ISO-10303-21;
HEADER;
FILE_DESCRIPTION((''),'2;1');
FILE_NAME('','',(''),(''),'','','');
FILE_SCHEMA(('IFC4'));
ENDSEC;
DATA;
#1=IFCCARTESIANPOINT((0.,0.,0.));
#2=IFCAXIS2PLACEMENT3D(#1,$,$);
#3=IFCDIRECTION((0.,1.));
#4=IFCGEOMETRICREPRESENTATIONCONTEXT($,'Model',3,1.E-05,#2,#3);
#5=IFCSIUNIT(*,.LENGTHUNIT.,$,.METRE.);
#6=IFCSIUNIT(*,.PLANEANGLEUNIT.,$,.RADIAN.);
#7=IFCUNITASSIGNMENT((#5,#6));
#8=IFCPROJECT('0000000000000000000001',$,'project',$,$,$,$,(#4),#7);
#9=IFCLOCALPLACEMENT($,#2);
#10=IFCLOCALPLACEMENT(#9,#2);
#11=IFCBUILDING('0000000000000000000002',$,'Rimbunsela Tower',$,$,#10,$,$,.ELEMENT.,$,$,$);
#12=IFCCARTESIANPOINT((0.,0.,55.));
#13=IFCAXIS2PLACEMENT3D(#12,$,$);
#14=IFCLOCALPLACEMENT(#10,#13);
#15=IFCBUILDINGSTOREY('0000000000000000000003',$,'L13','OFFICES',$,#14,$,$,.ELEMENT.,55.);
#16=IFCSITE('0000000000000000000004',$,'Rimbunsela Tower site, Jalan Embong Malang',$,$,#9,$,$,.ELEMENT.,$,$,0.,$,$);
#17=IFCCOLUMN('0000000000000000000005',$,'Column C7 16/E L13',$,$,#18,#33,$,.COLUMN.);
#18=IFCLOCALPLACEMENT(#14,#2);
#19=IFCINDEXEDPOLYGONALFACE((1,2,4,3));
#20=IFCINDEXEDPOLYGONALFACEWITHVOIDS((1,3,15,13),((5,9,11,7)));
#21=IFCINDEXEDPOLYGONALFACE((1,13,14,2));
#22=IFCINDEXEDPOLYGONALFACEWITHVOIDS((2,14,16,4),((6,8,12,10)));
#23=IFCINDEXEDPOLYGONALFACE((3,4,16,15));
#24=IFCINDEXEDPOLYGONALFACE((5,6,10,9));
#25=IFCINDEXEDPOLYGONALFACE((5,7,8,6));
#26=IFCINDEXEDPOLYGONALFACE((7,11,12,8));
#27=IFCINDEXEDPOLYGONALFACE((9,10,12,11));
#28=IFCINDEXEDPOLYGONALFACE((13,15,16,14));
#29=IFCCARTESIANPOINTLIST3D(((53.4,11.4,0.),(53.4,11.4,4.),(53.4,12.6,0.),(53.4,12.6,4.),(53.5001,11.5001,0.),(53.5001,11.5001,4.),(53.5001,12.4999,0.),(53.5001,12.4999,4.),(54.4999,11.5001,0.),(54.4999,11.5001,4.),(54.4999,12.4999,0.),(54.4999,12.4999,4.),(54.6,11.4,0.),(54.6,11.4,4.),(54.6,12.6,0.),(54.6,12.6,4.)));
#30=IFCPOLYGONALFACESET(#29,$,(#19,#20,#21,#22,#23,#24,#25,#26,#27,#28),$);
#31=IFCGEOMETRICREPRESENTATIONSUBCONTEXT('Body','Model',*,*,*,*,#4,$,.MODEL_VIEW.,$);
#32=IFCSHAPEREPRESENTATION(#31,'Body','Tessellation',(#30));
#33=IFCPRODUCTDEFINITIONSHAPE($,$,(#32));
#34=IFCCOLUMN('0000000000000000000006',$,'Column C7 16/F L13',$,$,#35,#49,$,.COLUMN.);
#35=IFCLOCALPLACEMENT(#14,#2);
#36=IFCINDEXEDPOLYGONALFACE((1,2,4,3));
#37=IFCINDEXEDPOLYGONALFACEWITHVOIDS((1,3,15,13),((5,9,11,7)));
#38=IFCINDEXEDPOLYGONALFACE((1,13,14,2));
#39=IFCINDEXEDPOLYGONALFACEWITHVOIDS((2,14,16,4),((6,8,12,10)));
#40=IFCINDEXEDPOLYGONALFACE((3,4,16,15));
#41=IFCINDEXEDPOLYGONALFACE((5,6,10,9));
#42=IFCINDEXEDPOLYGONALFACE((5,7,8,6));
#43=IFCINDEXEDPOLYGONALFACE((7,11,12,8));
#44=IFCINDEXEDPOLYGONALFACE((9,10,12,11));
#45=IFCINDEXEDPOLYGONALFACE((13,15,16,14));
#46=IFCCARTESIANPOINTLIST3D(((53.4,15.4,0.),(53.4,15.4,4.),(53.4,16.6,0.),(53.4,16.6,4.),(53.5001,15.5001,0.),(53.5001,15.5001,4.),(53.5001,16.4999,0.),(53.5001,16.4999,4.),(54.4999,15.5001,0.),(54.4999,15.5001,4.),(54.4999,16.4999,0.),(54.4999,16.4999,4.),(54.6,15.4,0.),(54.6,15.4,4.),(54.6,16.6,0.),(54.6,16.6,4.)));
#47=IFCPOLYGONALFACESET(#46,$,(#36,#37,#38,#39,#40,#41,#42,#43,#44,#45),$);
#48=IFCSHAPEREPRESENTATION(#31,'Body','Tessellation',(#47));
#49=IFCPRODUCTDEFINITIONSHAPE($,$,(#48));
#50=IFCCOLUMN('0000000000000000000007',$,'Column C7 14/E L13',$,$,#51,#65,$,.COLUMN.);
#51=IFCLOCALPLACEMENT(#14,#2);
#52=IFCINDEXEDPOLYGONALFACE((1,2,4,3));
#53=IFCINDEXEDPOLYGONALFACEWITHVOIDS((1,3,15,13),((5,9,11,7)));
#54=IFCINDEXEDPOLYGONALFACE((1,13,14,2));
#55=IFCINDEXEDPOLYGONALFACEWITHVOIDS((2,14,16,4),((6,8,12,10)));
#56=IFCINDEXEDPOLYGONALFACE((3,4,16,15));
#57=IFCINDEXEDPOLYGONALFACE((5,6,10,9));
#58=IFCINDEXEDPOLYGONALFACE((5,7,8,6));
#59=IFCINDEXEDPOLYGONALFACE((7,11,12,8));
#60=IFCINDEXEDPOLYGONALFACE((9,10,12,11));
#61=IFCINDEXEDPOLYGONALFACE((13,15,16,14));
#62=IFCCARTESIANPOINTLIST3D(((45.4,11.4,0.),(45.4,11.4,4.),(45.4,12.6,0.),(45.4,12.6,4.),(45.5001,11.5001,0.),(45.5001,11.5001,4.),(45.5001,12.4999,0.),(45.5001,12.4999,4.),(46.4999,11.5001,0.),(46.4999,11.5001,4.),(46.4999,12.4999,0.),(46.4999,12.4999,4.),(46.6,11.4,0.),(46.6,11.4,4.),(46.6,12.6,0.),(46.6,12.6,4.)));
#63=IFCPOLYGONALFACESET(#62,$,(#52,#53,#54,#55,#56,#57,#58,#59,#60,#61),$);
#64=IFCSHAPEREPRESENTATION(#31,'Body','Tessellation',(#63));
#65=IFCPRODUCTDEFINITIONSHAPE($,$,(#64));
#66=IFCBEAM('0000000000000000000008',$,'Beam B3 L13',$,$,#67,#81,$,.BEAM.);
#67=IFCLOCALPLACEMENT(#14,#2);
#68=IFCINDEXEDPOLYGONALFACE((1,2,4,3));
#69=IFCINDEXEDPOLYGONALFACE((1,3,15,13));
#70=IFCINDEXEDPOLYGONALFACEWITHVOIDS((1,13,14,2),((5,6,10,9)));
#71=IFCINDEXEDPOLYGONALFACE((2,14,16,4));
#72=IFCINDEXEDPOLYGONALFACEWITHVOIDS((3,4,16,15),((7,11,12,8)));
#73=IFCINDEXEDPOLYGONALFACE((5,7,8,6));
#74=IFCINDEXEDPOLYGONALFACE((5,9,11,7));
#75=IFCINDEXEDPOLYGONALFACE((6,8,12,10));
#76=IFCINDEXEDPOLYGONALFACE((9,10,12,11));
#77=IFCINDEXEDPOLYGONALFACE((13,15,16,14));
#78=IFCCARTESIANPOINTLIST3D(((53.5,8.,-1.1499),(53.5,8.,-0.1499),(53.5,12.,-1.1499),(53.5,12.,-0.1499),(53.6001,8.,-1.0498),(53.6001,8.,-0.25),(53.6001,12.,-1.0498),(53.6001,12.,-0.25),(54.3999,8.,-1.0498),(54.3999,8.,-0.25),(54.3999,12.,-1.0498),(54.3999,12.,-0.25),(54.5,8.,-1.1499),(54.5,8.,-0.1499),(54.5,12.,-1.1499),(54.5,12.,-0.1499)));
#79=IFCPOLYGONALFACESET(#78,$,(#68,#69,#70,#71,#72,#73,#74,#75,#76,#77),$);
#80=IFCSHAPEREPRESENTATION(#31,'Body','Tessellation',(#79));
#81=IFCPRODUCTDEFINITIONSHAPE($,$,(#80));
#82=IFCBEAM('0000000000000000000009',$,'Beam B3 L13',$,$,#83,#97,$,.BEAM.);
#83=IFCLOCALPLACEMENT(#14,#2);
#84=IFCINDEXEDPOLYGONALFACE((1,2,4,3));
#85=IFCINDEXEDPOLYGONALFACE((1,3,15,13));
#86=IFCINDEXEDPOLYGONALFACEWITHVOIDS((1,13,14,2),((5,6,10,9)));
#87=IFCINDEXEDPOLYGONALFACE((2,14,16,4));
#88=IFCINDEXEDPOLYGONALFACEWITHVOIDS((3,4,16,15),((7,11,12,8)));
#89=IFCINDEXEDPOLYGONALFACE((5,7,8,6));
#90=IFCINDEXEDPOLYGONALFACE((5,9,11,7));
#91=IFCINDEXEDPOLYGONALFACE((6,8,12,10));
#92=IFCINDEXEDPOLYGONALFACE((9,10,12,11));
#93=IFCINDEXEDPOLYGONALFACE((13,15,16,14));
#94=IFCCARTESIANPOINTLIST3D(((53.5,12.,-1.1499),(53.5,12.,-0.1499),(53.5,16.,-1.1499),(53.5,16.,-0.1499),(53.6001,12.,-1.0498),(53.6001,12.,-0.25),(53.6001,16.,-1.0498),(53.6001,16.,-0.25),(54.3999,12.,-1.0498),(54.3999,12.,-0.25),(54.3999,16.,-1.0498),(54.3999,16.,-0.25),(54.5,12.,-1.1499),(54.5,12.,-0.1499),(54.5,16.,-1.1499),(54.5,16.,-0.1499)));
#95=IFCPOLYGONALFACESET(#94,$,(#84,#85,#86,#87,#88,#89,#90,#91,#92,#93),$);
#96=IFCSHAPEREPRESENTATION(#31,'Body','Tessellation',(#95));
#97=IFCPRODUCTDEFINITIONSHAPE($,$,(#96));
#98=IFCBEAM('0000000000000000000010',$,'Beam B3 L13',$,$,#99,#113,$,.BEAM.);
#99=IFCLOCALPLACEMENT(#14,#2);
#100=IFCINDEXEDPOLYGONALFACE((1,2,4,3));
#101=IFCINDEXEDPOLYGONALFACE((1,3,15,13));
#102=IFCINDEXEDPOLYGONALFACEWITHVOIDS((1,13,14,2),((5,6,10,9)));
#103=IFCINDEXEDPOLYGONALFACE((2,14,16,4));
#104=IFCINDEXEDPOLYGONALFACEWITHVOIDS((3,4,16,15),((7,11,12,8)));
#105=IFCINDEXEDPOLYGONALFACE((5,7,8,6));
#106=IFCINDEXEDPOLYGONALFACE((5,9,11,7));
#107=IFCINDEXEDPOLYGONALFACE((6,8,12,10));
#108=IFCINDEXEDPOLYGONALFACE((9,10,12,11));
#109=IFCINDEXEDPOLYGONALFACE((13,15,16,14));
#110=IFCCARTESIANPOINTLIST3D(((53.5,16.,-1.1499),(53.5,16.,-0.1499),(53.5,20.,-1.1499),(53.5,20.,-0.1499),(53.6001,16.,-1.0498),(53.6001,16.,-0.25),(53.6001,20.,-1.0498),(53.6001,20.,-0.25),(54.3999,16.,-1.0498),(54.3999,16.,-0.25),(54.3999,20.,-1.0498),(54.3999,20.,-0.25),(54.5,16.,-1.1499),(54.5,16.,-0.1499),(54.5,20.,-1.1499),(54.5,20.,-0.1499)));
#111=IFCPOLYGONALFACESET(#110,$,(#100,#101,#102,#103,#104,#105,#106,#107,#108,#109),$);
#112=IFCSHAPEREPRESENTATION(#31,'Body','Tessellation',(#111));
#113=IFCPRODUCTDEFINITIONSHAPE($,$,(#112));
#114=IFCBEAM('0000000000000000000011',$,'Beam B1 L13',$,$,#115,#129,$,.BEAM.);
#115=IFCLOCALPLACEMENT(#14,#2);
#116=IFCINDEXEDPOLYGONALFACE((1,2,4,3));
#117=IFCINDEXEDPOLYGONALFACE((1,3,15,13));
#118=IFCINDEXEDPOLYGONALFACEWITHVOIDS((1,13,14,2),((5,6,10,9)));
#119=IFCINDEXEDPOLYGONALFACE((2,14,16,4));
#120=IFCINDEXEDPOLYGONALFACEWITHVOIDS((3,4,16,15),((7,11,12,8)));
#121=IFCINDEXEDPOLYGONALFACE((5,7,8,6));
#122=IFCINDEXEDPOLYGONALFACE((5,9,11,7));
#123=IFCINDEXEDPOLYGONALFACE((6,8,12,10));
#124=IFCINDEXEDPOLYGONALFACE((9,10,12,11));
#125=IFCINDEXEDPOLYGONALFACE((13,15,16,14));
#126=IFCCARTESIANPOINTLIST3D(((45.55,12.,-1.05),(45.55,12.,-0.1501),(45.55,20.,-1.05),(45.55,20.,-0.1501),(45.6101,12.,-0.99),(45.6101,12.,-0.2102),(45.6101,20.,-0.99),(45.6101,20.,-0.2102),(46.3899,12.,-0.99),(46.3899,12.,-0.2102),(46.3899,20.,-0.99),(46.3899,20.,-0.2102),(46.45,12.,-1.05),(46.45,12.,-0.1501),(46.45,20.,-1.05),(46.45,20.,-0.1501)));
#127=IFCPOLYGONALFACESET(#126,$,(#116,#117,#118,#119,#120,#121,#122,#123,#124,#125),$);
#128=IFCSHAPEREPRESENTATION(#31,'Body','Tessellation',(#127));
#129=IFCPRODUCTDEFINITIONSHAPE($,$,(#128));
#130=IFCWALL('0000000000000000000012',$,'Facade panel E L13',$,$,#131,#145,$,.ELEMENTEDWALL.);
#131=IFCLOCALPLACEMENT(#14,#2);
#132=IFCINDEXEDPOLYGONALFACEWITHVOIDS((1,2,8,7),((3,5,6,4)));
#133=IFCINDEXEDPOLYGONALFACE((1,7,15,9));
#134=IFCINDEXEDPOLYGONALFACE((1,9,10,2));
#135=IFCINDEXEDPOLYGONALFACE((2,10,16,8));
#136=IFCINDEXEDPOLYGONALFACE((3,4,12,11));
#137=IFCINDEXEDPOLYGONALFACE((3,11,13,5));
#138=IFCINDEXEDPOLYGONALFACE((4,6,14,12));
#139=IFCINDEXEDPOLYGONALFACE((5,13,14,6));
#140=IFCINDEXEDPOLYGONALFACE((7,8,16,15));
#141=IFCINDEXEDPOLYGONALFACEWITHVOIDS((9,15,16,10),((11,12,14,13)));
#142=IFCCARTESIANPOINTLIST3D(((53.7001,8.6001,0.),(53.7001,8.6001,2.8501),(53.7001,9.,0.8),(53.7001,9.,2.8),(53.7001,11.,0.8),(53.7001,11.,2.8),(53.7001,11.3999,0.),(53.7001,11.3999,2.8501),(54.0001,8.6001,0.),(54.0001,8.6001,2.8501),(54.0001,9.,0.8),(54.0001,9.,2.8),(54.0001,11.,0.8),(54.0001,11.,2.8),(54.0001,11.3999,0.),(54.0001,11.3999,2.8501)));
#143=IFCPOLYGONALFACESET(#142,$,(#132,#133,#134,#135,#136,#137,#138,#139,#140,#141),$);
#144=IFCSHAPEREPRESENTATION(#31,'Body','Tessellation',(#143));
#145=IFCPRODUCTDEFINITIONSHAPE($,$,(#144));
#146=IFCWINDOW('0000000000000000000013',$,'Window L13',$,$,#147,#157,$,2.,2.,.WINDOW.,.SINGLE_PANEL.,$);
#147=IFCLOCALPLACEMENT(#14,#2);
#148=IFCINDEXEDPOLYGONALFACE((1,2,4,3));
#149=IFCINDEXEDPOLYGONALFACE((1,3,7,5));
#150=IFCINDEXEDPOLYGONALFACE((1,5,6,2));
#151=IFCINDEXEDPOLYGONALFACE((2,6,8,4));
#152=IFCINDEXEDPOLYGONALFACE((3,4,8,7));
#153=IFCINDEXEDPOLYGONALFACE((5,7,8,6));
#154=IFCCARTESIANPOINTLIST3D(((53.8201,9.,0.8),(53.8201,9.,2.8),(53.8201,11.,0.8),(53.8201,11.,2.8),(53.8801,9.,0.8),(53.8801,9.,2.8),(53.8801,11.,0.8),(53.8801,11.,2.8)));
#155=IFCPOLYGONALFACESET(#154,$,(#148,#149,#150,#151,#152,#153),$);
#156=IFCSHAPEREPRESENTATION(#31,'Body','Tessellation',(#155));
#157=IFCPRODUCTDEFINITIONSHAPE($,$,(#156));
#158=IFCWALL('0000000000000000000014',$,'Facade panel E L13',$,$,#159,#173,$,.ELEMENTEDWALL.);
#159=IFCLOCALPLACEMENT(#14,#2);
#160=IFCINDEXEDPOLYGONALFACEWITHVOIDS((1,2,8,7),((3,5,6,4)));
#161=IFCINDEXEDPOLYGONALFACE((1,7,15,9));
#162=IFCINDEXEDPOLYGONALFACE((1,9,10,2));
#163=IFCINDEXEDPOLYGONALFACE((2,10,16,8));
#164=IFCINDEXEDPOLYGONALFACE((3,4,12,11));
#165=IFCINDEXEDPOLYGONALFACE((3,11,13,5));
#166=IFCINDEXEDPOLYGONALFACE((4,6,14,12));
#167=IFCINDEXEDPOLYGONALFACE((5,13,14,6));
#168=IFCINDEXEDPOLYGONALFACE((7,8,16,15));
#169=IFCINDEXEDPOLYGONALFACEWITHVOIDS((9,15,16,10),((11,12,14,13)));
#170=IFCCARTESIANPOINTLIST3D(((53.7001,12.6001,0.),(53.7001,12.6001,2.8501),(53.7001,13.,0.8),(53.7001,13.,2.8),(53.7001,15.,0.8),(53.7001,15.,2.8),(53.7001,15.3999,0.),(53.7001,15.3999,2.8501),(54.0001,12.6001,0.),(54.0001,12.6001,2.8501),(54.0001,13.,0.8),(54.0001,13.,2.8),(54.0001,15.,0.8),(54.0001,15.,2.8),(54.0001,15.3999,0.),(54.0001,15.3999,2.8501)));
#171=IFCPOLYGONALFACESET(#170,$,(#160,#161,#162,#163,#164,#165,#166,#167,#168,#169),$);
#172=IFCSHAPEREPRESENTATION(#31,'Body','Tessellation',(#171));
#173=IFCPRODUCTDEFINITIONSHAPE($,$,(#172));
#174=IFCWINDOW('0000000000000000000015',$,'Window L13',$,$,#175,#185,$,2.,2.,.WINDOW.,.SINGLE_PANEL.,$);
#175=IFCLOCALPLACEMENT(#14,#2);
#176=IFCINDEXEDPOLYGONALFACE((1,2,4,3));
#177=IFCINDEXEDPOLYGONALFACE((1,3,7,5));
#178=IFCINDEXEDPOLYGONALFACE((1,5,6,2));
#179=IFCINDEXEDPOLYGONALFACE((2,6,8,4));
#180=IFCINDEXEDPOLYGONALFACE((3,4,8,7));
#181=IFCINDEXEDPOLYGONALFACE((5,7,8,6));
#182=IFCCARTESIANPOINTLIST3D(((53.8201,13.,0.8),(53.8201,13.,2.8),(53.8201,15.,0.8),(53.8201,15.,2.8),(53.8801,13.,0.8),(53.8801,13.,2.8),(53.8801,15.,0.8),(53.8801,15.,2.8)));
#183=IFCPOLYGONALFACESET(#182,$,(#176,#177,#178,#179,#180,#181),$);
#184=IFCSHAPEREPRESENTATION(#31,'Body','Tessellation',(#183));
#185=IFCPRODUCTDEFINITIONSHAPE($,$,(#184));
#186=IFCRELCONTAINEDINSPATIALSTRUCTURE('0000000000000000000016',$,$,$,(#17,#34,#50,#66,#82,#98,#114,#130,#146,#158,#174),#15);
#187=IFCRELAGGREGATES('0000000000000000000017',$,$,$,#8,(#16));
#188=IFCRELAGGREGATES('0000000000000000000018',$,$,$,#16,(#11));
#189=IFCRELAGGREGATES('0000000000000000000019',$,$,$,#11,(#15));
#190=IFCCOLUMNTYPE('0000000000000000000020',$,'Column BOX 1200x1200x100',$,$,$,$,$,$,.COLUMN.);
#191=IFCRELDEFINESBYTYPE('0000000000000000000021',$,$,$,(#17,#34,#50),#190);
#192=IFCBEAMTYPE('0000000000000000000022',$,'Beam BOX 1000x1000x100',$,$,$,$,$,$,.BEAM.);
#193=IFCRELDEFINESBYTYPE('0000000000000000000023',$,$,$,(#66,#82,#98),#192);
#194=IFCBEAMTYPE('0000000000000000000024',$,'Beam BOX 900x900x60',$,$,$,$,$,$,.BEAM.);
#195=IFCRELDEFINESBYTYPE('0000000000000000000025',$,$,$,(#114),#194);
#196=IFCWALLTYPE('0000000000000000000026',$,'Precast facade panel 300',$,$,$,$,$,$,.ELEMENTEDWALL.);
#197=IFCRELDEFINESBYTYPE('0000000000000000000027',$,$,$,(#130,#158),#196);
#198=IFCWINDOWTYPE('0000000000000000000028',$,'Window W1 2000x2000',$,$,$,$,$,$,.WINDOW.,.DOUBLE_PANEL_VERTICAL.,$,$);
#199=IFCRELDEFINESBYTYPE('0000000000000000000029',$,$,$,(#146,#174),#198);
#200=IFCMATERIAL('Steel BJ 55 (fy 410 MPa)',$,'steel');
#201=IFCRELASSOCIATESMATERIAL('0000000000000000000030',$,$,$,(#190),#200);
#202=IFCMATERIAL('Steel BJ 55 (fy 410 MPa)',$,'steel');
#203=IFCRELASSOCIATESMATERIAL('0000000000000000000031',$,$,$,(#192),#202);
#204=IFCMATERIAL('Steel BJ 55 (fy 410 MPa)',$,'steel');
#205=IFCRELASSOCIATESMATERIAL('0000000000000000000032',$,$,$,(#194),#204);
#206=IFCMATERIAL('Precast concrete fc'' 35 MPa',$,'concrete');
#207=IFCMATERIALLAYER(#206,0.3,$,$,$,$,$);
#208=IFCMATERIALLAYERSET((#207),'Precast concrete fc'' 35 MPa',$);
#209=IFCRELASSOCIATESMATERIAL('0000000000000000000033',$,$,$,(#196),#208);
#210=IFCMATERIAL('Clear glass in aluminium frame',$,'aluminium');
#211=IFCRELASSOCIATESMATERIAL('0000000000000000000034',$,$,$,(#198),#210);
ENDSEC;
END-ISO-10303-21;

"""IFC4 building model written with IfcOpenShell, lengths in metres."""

from ifc_helpers import new_model, si_unit, direction, frame, frame_2d, origin, origin_2d, place, context, subcontext, project, spatial, rectangle, hollow_rectangle, extrude, material, layer, layer_set, material_profile, profile_set, type_object, element, fill, save


model = new_model("IFC4")

# Units and contexts
model_context = context("Model", 3, precision=1e-05, world=origin(), true_north=direction((0.0, 1.0)))
body_context = subcontext(model_context, "Body", "Model", "MODEL_VIEW")
ifc_project = project(units=[si_unit("LENGTHUNIT", "METRE"), si_unit("PLANEANGLEUNIT", "RADIAN")], contexts=[model_context])

# Site, building, storey
site_placement = place(None, origin())
site = spatial("IfcSite", under=ifc_project, at=site_placement, Name="Rimbunsela Tower site, Jalan Embong Malang", CompositionType="ELEMENT", RefElevation=0.0)
building_placement = place(site_placement, origin())
building = spatial("IfcBuilding", under=site, at=building_placement, Name="Rimbunsela Tower", CompositionType="ELEMENT")
storey_placement = place(building_placement, frame((0.0, 0.0, 55.0)))
storey = spatial("IfcBuildingStorey", under=building, at=storey_placement, Name="L13", Description="OFFICES", CompositionType="ELEMENT", Elevation=55.0)

# Columns
ifc_material_1 = material(Name="Steel BJ 55 (fy 410 MPa)", Category="steel")
ifc_material_profile_1 = material_profile(ifc_material_1, hollow_rectangle(XDim=1.2, YDim=1.2, WallThickness=0.1001, at=origin_2d()), Name="BOX 1200x1200x100")
ifc_profile_set_1 = profile_set([ifc_material_profile_1], Name="Steel BJ 55 (fy 410 MPa)")
column_type = type_object("IfcColumnType", Name="Column BOX 1200x1200x100", PredefinedType="COLUMN", material=ifc_profile_set_1)
for number, where, z_axis, x_axis, name in (
    (1, (54.0, 12.0, 0.0), (0.0, 0.0, 1.0), (1.0, 0.0, 0.0), "Column C7 16/E L13"),
    (2, (54.0, 16.0, 0.0), (0.0, 0.0, 1.0), (1.0, 0.0, 0.0), "Column C7 16/F L13"),
    (3, (46.0, 12.0, 0.0), (0.0, 0.0, 1.0), (1.0, 0.0, 0.0), "Column C7 14/E L13"),
):
    element("IfcColumn", number, at=place(storey_placement, frame(where, z_axis=z_axis, x_axis=x_axis)), inside=storey, type_object=column_type, Name=name, PredefinedType="COLUMN", context=body_context, shape_type="SweptSolid", body=[
        extrude(hollow_rectangle(XDim=1.2, YDim=1.2, WallThickness=0.1001, at=origin_2d()), origin(), (0.0, 0.0, 1.0), 4.0),
    ])

# Beams
ifc_material_2 = material(Name="Steel BJ 55 (fy 410 MPa)", Category="steel")
ifc_material_profile_2 = material_profile(ifc_material_2, hollow_rectangle(XDim=1.0, YDim=1.0, WallThickness=0.1001, at=origin_2d()), Name="BOX 1000x1000x100")
ifc_profile_set_2 = profile_set([ifc_material_profile_2], Name="Steel BJ 55 (fy 410 MPa)")
beam_type_1 = type_object("IfcBeamType", Name="Beam BOX 1000x1000x100", PredefinedType="BEAM", material=ifc_profile_set_2)
for number, where, z_axis, x_axis, name in (
    (4, (54.0, 8.0, -0.6499), (0.0, 1.0, 0.0), (-1.0, 0.0, 0.0), "Beam B3 L13"),
    (5, (54.0, 12.0, -0.6499), (0.0, 1.0, 0.0), (-1.0, 0.0, 0.0), "Beam B3 L13"),
    (6, (54.0, 16.0, -0.6499), (0.0, 1.0, 0.0), (-1.0, 0.0, 0.0), "Beam B3 L13"),
):
    element("IfcBeam", number, at=place(storey_placement, frame(where, z_axis=z_axis, x_axis=x_axis)), inside=storey, type_object=beam_type_1, Name=name, PredefinedType="BEAM", context=body_context, shape_type="SweptSolid", body=[
        extrude(hollow_rectangle(XDim=1.0, YDim=1.0, WallThickness=0.1001, at=origin_2d()), origin(), (0.0, 0.0, 1.0), 4.0),
    ])
ifc_material_3 = material(Name="Steel BJ 55 (fy 410 MPa)", Category="steel")
ifc_material_profile_3 = material_profile(ifc_material_3, hollow_rectangle(XDim=0.8999, YDim=0.8999, WallThickness=0.0601, at=origin_2d()), Name="BOX 900x900x60")
ifc_profile_set_3 = profile_set([ifc_material_profile_3], Name="Steel BJ 55 (fy 410 MPa)")
beam_type_2 = type_object("IfcBeamType", Name="Beam BOX 900x900x60", PredefinedType="BEAM", material=ifc_profile_set_3)
beam_placement = place(storey_placement, frame((46.0, 12.0, -0.6001), z_axis=(0.0, 1.0, 0.0), x_axis=(-1.0, 0.0, 0.0)))
element("IfcBeam", 7, at=beam_placement, inside=storey, type_object=beam_type_2, Name="Beam B1 L13", PredefinedType="BEAM", context=body_context, shape_type="SweptSolid", body=[
    extrude(hollow_rectangle(XDim=0.8999, YDim=0.8999, WallThickness=0.0601, at=origin_2d()), origin(), (0.0, 0.0, 1.0), 8.0),
])

# Walls, openings, windows
ifc_material_4 = material(Name="Precast concrete fc' 35 MPa", Category="concrete")
ifc_layer_1 = layer(ifc_material_4, 0.3)
ifc_layer_set_1 = layer_set([ifc_layer_1], Name="Precast concrete fc' 35 MPa")
wall_type_1 = type_object("IfcWallType", Name="Precast facade panel 300", PredefinedType="ELEMENTEDWALL", material=ifc_layer_set_1)
wall_1_placement = place(storey_placement, frame((53.8501, 8.6001, 0.0), z_axis=(0.0, 0.0, 1.0), x_axis=(0.0, 1.0, 0.0)))
wall_1 = element("IfcWall", 8, at=wall_1_placement, inside=storey, type_object=wall_type_1, Name="Facade panel E L13", PredefinedType="ELEMENTEDWALL", context=body_context, shape_type="SweptSolid", body=[
    extrude(rectangle(XDim=2.7998, YDim=0.3, at=frame_2d((1.3999, 0.0))), origin(), (0.0, 0.0, 1.0), 2.8501),
])
opening_1_placement = place(wall_1_placement, frame((0.3999, 0.0, 0.8)))
opening_1 = element("IfcOpeningElement", 9, at=opening_1_placement, cuts=wall_1, PredefinedType="OPENING", context=body_context, shape_type="SweptSolid", body=[
    extrude(rectangle(XDim=2.0, YDim=2.0, at=frame_2d((1.0, 1.0))), frame((0.0, 0.1599, 0.0), z_axis=(0.0, -1.0, 0.0), x_axis=(1.0, 0.0, 0.0)), (0.0, 0.0, 1.0), 0.3201),
])
ifc_material_5 = material(Name="Clear glass in aluminium frame", Category="aluminium")
window_type = type_object("IfcWindowType", Name="Window W1 2000x2000", PartitioningType="DOUBLE_PANEL_VERTICAL", PredefinedType="WINDOW", material=ifc_material_5)
window_1_placement = place(opening_1_placement, origin())
window_1 = element("IfcWindow", 10, at=window_1_placement, inside=storey, type_object=window_type, Name="Window L13", OverallHeight=2.0, OverallWidth=2.0, PartitioningType="SINGLE_PANEL", PredefinedType="WINDOW", context=body_context, shape_type="SweptSolid", body=[
    extrude(rectangle(XDim=2.0, YDim=2.0, at=frame_2d((1.0, 1.0))), frame((0.0, 0.03, 0.0), z_axis=(0.0, -1.0, 0.0), x_axis=(1.0, 0.0, 0.0)), (0.0, 0.0, 1.0), 0.0601),
])
fill(opening_1, window_1)
wall_2_placement = place(storey_placement, frame((53.8501, 12.6001, 0.0), z_axis=(0.0, 0.0, 1.0), x_axis=(0.0, 1.0, 0.0)))
wall_2 = element("IfcWall", 11, at=wall_2_placement, inside=storey, type_object=wall_type_1, Name="Facade panel E L13", PredefinedType="ELEMENTEDWALL", context=body_context, shape_type="SweptSolid", body=[
    extrude(rectangle(XDim=2.7998, YDim=0.3, at=frame_2d((1.3999, 0.0))), origin(), (0.0, 0.0, 1.0), 2.8501),
])
opening_2_placement = place(wall_2_placement, frame((0.3999, 0.0, 0.8)))
opening_2 = element("IfcOpeningElement", 12, at=opening_2_placement, cuts=wall_2, PredefinedType="OPENING", context=body_context, shape_type="SweptSolid", body=[
    extrude(rectangle(XDim=2.0, YDim=2.0, at=frame_2d((1.0, 1.0))), frame((0.0, 0.1599, 0.0), z_axis=(0.0, -1.0, 0.0), x_axis=(1.0, 0.0, 0.0)), (0.0, 0.0, 1.0), 0.3201),
])
window_2_placement = place(opening_2_placement, origin())
window_2 = element("IfcWindow", 13, at=window_2_placement, inside=storey, type_object=window_type, Name="Window L13", OverallHeight=2.0, OverallWidth=2.0, PartitioningType="SINGLE_PANEL", PredefinedType="WINDOW", context=body_context, shape_type="SweptSolid", body=[
    extrude(rectangle(XDim=2.0, YDim=2.0, at=frame_2d((1.0, 1.0))), frame((0.0, 0.03, 0.0), z_axis=(0.0, -1.0, 0.0), x_axis=(1.0, 0.0, 0.0)), (0.0, 0.0, 1.0), 0.0601),
])
fill(opening_2, window_2)

save(model, "model.ifc")
